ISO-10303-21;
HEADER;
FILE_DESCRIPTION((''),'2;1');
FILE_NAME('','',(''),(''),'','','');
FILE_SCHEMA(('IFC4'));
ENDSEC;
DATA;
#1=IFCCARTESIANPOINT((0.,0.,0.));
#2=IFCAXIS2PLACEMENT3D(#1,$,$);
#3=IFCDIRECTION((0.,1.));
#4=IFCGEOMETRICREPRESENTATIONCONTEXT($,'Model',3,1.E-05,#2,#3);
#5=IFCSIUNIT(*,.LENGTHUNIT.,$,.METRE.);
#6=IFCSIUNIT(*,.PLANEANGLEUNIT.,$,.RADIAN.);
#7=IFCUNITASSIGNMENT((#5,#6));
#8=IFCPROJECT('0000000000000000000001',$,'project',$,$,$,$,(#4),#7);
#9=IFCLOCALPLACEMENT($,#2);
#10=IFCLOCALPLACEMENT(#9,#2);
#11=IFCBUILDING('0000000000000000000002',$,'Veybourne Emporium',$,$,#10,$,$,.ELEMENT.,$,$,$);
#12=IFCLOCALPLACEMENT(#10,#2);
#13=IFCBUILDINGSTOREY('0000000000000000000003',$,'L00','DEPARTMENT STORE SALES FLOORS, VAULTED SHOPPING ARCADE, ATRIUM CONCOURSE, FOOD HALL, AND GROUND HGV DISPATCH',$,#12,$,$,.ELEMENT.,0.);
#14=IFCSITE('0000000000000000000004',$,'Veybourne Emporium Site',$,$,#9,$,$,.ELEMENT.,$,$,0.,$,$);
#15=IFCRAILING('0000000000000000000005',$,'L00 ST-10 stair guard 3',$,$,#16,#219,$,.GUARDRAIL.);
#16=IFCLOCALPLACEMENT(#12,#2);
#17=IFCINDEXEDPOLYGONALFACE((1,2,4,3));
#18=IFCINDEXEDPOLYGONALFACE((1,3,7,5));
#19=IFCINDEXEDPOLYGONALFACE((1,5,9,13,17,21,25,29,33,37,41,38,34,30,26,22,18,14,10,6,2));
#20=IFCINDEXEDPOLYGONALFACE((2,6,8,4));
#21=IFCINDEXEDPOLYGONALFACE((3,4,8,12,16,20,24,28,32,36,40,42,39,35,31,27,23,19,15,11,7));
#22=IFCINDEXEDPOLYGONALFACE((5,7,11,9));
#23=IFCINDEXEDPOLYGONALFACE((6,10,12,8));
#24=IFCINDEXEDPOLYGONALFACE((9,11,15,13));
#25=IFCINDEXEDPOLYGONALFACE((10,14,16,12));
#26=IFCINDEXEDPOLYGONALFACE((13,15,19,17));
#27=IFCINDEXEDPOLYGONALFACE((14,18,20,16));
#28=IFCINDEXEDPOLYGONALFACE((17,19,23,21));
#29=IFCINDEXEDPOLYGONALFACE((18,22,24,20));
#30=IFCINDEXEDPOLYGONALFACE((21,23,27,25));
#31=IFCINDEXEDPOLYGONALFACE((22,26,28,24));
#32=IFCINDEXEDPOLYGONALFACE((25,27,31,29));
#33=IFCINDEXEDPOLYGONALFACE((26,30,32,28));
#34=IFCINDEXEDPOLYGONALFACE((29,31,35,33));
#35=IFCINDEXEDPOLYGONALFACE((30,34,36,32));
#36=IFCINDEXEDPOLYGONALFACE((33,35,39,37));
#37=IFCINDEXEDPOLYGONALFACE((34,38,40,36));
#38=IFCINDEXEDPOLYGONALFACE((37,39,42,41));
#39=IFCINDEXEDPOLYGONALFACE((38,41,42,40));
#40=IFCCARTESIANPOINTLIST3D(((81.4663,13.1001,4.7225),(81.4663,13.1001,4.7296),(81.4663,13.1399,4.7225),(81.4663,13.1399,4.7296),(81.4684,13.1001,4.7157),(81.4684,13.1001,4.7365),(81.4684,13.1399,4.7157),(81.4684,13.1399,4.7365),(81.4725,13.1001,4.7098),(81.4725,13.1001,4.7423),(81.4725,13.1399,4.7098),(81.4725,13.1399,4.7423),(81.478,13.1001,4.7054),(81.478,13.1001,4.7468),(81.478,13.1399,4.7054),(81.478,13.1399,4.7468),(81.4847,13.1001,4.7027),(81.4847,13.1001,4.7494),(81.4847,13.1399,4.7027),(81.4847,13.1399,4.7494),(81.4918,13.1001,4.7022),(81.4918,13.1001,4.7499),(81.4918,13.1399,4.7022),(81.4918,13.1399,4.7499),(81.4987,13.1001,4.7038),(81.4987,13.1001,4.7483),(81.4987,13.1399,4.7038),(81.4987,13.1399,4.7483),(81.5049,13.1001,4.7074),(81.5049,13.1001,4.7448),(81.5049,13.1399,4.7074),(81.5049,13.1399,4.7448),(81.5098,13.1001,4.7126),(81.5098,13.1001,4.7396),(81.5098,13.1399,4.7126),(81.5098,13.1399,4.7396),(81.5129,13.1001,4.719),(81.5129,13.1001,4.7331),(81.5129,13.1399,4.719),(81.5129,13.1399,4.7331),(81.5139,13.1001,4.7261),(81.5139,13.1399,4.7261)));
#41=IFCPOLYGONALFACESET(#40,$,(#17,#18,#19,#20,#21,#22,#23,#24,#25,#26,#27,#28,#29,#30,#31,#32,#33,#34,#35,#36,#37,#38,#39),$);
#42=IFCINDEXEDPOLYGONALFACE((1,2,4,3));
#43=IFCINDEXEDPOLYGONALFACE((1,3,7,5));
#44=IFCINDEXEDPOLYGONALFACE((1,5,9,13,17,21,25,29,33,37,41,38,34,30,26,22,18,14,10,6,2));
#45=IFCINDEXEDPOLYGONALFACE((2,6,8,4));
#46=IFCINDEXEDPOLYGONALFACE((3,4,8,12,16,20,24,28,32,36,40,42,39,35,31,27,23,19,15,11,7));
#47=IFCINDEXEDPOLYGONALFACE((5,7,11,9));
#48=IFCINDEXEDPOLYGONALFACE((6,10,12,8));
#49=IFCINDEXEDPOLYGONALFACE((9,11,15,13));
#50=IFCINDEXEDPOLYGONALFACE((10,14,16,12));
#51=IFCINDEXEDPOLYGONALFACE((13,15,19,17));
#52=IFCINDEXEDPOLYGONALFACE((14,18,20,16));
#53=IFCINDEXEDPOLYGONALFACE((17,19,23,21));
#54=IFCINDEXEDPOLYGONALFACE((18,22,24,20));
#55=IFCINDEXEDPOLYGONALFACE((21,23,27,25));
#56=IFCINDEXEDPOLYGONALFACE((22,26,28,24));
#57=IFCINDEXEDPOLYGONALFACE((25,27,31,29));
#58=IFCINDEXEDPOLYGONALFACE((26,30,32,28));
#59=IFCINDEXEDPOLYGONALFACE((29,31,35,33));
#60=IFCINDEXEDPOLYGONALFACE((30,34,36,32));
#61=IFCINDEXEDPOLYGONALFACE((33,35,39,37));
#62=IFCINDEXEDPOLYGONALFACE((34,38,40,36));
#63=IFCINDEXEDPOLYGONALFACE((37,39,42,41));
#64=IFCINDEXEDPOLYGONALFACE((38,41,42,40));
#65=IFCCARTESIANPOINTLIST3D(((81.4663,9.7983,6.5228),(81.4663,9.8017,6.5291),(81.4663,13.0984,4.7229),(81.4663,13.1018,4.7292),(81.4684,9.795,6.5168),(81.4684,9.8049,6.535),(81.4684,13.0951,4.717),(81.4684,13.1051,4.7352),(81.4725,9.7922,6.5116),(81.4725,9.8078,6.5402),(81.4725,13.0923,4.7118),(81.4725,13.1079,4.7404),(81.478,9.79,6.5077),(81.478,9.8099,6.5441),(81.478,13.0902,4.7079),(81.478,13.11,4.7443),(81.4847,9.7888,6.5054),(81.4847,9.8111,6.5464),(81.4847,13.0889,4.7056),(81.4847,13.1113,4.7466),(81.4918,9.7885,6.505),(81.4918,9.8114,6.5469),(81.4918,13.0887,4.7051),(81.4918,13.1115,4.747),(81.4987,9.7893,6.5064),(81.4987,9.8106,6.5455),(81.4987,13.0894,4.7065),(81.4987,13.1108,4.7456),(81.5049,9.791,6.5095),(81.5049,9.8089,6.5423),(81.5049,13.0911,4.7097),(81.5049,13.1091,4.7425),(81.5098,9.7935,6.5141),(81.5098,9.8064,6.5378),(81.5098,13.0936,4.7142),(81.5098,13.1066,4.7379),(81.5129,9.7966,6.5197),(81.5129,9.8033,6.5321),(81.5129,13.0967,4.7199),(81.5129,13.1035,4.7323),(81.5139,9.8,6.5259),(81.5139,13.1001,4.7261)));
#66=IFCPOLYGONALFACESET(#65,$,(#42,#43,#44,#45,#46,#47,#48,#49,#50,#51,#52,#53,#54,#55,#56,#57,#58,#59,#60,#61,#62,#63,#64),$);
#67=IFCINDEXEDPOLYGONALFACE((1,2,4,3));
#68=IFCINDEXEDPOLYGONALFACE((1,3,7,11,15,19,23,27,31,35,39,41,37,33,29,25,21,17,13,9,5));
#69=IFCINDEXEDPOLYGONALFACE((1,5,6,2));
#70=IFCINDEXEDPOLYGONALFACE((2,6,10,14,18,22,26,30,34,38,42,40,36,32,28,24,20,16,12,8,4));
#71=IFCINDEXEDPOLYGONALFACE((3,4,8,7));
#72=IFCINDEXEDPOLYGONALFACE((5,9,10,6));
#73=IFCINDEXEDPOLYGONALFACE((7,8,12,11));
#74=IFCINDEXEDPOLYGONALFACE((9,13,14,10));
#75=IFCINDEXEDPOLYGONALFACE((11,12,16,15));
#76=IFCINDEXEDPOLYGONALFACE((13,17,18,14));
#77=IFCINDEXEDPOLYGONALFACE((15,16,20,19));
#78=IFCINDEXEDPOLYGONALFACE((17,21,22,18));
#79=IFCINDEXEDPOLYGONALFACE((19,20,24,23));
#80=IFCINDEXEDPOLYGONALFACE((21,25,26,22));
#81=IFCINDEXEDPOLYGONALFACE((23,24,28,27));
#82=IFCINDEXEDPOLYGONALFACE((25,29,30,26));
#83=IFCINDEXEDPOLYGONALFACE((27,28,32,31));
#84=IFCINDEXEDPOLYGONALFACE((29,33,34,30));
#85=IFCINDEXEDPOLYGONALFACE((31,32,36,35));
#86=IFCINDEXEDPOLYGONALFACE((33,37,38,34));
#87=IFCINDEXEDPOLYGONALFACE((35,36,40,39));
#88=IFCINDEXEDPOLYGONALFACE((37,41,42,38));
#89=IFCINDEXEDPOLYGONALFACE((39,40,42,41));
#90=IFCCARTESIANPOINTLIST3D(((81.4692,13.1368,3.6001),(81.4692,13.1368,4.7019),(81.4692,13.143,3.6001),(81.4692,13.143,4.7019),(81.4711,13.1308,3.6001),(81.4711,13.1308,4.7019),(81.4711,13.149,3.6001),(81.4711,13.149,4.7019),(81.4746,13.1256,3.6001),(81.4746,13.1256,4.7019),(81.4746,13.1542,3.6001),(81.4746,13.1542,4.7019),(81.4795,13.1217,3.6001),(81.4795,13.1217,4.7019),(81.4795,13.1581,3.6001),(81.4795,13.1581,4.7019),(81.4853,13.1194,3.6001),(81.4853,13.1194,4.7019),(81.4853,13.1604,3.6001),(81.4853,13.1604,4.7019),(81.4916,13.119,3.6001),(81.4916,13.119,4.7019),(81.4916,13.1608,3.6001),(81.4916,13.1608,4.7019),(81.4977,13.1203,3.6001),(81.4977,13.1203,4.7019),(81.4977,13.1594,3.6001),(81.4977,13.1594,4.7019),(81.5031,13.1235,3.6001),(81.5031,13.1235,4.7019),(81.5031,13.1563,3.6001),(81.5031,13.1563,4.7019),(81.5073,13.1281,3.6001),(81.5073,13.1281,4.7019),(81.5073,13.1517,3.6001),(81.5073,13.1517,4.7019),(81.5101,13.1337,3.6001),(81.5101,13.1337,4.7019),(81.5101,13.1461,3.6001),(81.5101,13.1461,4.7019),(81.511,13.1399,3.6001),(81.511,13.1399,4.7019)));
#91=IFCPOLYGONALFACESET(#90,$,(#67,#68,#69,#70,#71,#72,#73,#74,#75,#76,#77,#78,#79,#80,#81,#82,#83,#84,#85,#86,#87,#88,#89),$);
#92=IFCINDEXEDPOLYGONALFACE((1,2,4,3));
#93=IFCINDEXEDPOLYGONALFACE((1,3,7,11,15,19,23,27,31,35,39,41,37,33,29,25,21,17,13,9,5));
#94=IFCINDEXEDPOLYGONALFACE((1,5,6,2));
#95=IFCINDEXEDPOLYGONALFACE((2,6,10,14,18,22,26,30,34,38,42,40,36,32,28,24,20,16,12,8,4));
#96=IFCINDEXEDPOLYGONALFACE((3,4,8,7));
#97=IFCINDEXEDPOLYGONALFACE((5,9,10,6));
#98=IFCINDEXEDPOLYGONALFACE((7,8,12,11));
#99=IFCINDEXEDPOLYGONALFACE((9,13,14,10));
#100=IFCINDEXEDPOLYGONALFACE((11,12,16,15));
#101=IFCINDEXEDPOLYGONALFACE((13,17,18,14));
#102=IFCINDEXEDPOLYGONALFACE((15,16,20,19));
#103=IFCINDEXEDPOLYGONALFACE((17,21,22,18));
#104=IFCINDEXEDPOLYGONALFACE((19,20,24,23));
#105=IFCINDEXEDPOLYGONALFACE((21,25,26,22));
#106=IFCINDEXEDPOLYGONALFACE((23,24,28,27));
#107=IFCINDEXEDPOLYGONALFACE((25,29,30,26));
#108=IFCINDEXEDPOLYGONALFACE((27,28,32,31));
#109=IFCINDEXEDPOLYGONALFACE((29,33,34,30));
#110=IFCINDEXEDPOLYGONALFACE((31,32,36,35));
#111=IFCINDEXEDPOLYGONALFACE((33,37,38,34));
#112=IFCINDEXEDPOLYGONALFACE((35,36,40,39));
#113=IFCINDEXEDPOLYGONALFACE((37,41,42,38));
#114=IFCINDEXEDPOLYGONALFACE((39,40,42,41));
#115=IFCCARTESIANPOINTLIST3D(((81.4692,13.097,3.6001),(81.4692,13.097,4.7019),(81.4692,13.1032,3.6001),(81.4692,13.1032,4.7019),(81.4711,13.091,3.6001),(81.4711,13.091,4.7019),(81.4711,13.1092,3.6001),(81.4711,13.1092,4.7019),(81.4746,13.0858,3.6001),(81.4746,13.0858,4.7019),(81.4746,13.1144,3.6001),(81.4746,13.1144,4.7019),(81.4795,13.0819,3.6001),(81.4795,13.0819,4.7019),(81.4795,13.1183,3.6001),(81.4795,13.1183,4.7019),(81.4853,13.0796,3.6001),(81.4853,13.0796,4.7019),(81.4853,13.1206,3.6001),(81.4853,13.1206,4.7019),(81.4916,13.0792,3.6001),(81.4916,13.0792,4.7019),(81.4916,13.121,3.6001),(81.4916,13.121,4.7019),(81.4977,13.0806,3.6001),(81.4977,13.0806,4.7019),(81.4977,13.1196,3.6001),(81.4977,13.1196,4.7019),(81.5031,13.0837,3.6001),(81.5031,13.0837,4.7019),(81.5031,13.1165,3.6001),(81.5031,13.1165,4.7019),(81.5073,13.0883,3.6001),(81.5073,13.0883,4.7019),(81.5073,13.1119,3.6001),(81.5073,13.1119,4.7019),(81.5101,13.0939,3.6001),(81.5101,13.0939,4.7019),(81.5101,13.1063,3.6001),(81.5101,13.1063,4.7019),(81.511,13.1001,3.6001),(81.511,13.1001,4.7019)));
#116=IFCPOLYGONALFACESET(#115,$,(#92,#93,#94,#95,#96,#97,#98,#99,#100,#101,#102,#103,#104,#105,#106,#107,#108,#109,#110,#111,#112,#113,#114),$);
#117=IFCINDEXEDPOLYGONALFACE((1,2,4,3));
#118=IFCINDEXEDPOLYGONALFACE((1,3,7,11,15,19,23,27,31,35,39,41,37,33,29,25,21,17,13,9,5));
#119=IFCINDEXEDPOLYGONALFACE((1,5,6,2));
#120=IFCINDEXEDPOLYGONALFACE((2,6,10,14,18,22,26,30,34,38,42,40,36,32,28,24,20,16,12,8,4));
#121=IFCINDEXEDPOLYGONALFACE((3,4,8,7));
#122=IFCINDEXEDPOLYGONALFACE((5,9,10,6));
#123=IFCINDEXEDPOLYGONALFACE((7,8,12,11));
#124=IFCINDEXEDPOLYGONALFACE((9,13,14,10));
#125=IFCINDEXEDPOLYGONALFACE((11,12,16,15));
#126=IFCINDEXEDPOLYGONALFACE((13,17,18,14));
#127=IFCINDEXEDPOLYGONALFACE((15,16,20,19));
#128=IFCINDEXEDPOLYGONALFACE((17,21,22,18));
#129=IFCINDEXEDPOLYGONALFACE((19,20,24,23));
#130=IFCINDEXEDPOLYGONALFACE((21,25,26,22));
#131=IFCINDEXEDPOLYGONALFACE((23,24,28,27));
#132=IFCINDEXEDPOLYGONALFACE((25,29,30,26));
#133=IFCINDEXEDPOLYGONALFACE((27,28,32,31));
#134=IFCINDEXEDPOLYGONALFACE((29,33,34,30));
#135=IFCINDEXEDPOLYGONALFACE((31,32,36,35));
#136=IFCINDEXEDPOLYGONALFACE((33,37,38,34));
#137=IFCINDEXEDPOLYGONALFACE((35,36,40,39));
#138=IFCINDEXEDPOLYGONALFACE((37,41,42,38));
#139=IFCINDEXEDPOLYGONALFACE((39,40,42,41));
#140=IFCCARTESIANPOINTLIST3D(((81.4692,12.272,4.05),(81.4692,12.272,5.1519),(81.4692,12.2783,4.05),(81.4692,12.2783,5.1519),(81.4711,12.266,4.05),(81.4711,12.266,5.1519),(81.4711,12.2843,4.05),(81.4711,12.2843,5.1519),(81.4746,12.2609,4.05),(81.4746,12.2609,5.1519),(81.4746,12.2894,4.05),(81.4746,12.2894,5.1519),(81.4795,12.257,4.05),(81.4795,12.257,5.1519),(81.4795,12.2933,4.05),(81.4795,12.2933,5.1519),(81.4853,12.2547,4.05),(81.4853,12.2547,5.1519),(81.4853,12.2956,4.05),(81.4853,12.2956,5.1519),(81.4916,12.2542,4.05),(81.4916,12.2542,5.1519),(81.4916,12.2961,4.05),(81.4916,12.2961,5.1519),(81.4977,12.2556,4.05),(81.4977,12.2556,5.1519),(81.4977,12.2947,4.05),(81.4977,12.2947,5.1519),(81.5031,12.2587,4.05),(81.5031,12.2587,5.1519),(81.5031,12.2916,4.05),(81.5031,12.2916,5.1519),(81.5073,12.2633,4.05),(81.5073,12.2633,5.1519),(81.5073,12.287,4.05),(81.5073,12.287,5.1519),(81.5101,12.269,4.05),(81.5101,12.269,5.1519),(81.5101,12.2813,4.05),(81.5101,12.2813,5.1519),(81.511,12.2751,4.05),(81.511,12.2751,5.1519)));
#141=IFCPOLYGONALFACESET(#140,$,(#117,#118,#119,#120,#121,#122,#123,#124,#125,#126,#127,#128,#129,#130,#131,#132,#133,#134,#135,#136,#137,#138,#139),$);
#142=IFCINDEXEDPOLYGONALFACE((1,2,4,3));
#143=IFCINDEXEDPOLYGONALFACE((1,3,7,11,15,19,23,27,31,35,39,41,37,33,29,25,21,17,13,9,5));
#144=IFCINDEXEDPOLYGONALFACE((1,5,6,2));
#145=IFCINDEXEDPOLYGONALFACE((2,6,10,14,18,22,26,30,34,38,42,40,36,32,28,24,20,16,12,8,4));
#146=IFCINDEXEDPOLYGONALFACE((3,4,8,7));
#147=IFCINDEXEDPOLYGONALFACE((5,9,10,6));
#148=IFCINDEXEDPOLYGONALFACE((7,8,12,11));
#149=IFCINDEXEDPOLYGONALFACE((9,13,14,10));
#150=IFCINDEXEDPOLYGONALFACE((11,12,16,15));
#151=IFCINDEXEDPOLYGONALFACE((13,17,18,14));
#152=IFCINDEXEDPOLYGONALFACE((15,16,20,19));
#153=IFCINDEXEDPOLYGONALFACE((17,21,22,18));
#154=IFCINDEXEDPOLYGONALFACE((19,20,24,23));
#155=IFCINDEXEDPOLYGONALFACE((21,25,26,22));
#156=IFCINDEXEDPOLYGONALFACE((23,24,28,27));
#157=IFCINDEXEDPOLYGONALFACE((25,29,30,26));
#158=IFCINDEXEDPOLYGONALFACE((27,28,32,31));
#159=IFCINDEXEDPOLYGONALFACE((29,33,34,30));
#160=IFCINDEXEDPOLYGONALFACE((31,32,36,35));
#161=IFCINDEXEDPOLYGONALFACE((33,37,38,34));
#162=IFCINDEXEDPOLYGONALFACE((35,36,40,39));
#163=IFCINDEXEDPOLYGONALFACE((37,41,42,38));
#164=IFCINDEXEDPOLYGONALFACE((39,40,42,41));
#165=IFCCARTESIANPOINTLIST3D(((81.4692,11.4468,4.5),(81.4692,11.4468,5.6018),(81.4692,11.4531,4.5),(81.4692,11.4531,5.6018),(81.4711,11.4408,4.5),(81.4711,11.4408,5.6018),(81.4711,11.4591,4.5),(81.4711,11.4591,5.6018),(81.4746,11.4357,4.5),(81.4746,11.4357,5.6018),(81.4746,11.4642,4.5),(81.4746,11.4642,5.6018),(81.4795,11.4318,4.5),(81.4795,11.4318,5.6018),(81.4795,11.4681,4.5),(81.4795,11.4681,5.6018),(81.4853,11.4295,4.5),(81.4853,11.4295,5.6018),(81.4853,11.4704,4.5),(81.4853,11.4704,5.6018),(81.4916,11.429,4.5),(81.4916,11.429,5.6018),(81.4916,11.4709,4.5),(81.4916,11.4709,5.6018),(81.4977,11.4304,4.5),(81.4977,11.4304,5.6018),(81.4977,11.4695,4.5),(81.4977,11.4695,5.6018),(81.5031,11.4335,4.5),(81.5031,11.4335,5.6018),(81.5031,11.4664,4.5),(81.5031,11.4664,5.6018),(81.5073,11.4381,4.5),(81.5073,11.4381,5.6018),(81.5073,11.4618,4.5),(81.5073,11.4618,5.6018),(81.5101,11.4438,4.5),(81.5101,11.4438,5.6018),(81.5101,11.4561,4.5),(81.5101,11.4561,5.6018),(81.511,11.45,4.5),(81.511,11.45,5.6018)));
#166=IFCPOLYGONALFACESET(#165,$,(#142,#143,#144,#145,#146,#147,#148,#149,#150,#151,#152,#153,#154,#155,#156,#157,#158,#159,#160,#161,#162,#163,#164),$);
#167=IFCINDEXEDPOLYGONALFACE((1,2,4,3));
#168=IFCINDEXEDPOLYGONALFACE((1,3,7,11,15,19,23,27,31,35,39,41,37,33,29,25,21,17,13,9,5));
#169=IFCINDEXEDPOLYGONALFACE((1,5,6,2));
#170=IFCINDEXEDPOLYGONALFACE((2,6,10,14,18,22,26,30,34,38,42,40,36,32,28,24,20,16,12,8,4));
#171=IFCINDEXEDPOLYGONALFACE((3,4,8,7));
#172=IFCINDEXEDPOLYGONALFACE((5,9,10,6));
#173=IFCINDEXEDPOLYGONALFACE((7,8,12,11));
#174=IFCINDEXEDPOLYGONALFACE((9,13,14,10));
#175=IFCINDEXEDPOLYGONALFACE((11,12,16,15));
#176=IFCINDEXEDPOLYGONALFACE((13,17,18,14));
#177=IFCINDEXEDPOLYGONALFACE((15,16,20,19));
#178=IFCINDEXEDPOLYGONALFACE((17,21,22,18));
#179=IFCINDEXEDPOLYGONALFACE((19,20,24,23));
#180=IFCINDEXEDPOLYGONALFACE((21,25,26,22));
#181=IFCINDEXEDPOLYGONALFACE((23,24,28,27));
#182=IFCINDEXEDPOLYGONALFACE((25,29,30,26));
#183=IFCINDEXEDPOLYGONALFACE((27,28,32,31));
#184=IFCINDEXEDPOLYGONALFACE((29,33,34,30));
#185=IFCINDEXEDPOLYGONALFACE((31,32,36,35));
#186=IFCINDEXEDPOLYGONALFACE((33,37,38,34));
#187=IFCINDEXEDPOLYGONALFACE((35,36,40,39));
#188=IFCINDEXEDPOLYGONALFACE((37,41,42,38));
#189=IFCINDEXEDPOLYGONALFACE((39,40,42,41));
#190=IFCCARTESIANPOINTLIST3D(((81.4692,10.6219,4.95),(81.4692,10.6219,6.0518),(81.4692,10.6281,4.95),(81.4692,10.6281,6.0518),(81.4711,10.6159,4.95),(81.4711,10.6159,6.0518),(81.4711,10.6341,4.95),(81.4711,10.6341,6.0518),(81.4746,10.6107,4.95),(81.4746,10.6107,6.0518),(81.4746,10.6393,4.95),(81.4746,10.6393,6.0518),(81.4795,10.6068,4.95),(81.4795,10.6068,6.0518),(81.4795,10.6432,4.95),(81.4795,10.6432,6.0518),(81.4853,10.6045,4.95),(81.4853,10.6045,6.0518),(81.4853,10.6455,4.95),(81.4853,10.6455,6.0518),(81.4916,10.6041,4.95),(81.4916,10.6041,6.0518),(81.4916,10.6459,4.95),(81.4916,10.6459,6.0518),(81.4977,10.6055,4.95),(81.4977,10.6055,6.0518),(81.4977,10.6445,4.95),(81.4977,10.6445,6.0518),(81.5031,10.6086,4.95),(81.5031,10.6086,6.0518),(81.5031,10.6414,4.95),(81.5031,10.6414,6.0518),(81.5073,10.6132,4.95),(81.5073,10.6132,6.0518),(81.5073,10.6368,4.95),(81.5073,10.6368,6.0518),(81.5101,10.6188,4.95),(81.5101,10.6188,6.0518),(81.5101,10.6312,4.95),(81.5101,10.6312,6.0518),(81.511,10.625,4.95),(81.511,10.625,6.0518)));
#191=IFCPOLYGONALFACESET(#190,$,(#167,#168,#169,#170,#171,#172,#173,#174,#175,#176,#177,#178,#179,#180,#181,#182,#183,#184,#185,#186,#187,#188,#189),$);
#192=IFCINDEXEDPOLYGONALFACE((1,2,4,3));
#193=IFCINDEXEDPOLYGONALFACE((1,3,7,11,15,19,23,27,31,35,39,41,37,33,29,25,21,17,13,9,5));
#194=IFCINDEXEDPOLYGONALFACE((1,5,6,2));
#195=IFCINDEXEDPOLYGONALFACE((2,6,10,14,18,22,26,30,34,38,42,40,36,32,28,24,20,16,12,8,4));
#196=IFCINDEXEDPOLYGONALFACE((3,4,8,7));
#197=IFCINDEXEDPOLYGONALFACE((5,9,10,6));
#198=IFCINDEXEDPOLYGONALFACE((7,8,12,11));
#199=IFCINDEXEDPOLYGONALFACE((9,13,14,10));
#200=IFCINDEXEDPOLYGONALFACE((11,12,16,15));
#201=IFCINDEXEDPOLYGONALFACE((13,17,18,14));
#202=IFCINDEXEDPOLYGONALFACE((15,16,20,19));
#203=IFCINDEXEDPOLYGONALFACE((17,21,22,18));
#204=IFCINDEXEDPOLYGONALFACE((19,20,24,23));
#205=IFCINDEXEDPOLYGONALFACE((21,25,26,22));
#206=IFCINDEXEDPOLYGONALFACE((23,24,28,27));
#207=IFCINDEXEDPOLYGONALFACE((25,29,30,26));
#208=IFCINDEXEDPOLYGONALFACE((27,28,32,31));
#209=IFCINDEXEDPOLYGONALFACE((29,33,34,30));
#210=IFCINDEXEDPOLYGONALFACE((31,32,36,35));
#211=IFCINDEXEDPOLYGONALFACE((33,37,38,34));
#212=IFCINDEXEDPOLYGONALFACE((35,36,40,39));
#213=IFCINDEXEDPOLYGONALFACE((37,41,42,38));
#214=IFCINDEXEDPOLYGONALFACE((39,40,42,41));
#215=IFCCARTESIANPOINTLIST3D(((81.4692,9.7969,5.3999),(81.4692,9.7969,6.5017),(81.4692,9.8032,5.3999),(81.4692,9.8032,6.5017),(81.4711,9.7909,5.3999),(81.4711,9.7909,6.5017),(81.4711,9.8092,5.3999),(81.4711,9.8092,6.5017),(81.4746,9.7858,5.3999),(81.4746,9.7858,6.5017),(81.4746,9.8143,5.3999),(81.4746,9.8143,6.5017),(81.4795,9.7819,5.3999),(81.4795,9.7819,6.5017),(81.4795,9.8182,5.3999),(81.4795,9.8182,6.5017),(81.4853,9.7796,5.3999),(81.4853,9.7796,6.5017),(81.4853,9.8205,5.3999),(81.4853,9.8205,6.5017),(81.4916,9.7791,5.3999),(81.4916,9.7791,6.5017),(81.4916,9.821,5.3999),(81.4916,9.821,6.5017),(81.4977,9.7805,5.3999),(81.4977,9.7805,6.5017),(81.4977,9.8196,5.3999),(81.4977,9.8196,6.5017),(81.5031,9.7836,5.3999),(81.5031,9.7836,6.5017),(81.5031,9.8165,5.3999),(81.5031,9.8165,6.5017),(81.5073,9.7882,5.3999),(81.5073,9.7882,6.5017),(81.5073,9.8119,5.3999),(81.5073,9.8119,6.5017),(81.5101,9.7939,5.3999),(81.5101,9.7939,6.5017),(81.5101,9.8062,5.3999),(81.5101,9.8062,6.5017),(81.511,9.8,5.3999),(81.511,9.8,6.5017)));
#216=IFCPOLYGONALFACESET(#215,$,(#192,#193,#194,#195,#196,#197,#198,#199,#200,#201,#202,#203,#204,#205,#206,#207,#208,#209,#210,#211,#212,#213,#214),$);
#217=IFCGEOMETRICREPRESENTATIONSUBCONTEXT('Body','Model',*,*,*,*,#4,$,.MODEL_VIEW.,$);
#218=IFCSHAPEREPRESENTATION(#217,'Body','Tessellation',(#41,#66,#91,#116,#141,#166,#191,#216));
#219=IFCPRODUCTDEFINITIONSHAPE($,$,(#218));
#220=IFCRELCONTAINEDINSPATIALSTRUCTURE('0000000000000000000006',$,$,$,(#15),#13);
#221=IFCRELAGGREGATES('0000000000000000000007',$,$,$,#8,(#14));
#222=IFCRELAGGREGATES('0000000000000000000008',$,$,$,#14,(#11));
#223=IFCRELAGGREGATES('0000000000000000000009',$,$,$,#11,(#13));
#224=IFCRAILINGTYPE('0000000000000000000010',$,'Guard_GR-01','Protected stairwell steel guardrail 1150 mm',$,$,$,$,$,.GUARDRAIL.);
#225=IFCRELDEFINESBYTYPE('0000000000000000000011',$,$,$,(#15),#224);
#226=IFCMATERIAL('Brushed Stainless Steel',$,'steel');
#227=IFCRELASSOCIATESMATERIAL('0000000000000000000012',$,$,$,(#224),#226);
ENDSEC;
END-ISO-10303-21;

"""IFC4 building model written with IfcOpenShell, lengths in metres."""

from ifc_helpers import new_model, si_unit, direction, frame, origin, origin_2d, place, context, subcontext, project, spatial, circle, extrude, material, type_object, element, save


model = new_model("IFC4")

# Units and contexts
model_context = context("Model", 3, precision=1e-05, world=origin(), true_north=direction((0.0, 1.0)))
body_context = subcontext(model_context, "Body", "Model", "MODEL_VIEW")
ifc_project = project(units=[si_unit("LENGTHUNIT", "METRE"), si_unit("PLANEANGLEUNIT", "RADIAN")], contexts=[model_context])

# Site, building, storey
site_placement = place(None, origin())
site = spatial("IfcSite", under=ifc_project, at=site_placement, Name="Veybourne Emporium Site", CompositionType="ELEMENT", RefElevation=0.0)
building_placement = place(site_placement, origin())
building = spatial("IfcBuilding", under=site, at=building_placement, Name="Veybourne Emporium", CompositionType="ELEMENT")
storey_placement = place(building_placement, origin())
storey = spatial("IfcBuildingStorey", under=building, at=storey_placement, Name="L00", Description="DEPARTMENT STORE SALES FLOORS, VAULTED SHOPPING ARCADE, ATRIUM CONCOURSE, FOOD HALL, AND GROUND HGV DISPATCH", CompositionType="ELEMENT", Elevation=0.0)

# Railing
ifc_material_1 = material(Name="Brushed Stainless Steel", Category="steel")
railing_type_1 = type_object("IfcRailingType", Name="Guard_GR-01", Description="Protected stairwell steel guardrail 1150 mm", PredefinedType="GUARDRAIL", material=ifc_material_1)
railing_1_placement = place(storey_placement, frame((81.49, 13.1399, 3.6001)))
element("IfcRailing", 1, at=railing_1_placement, inside=storey, type_object=railing_type_1, Name="L00 ST-10 stair guard 3", PredefinedType="GUARDRAIL", context=body_context, shape_type="SweptSolid", body=[
    extrude(circle(Radius=0.0239, at=origin_2d()), frame((0.0, 0.0, 1.126), z_axis=(0.0, -1.0, 0.0), x_axis=(1.0, 0.0, 0.0)), (0.0, 0.0, 1.0), 0.0398),
    extrude(circle(Radius=0.0239, at=origin_2d()), frame((0.0, -0.0398, 1.126), z_axis=(0.0, -0.87792, 0.478807), x_axis=(1.0, 0.0, 0.0)), (0.0, 0.0, 1.0), 3.759),
    extrude(circle(Radius=0.021, at=origin_2d()), origin(), (0.0, 0.0, 1.0), 1.1018),
    extrude(circle(Radius=0.021, at=origin_2d()), frame((0.0, -0.0398, 0.0)), (0.0, 0.0, 1.0), 1.1018),
    extrude(circle(Radius=0.021, at=origin_2d()), frame((0.0, -0.8647, 0.45)), (0.0, 0.0, 1.0), 1.1018),
    extrude(circle(Radius=0.021, at=origin_2d()), frame((0.0, -1.6899, 0.8999)), (0.0, 0.0, 1.0), 1.1018),
    extrude(circle(Radius=0.021, at=origin_2d()), frame((0.0, -2.5149, 1.3499)), (0.0, 0.0, 1.0), 1.1018),
    extrude(circle(Radius=0.021, at=origin_2d()), frame((0.0, -3.3398, 1.7998)), (0.0, 0.0, 1.0), 1.1018),
])

save(model, "model.ifc")
